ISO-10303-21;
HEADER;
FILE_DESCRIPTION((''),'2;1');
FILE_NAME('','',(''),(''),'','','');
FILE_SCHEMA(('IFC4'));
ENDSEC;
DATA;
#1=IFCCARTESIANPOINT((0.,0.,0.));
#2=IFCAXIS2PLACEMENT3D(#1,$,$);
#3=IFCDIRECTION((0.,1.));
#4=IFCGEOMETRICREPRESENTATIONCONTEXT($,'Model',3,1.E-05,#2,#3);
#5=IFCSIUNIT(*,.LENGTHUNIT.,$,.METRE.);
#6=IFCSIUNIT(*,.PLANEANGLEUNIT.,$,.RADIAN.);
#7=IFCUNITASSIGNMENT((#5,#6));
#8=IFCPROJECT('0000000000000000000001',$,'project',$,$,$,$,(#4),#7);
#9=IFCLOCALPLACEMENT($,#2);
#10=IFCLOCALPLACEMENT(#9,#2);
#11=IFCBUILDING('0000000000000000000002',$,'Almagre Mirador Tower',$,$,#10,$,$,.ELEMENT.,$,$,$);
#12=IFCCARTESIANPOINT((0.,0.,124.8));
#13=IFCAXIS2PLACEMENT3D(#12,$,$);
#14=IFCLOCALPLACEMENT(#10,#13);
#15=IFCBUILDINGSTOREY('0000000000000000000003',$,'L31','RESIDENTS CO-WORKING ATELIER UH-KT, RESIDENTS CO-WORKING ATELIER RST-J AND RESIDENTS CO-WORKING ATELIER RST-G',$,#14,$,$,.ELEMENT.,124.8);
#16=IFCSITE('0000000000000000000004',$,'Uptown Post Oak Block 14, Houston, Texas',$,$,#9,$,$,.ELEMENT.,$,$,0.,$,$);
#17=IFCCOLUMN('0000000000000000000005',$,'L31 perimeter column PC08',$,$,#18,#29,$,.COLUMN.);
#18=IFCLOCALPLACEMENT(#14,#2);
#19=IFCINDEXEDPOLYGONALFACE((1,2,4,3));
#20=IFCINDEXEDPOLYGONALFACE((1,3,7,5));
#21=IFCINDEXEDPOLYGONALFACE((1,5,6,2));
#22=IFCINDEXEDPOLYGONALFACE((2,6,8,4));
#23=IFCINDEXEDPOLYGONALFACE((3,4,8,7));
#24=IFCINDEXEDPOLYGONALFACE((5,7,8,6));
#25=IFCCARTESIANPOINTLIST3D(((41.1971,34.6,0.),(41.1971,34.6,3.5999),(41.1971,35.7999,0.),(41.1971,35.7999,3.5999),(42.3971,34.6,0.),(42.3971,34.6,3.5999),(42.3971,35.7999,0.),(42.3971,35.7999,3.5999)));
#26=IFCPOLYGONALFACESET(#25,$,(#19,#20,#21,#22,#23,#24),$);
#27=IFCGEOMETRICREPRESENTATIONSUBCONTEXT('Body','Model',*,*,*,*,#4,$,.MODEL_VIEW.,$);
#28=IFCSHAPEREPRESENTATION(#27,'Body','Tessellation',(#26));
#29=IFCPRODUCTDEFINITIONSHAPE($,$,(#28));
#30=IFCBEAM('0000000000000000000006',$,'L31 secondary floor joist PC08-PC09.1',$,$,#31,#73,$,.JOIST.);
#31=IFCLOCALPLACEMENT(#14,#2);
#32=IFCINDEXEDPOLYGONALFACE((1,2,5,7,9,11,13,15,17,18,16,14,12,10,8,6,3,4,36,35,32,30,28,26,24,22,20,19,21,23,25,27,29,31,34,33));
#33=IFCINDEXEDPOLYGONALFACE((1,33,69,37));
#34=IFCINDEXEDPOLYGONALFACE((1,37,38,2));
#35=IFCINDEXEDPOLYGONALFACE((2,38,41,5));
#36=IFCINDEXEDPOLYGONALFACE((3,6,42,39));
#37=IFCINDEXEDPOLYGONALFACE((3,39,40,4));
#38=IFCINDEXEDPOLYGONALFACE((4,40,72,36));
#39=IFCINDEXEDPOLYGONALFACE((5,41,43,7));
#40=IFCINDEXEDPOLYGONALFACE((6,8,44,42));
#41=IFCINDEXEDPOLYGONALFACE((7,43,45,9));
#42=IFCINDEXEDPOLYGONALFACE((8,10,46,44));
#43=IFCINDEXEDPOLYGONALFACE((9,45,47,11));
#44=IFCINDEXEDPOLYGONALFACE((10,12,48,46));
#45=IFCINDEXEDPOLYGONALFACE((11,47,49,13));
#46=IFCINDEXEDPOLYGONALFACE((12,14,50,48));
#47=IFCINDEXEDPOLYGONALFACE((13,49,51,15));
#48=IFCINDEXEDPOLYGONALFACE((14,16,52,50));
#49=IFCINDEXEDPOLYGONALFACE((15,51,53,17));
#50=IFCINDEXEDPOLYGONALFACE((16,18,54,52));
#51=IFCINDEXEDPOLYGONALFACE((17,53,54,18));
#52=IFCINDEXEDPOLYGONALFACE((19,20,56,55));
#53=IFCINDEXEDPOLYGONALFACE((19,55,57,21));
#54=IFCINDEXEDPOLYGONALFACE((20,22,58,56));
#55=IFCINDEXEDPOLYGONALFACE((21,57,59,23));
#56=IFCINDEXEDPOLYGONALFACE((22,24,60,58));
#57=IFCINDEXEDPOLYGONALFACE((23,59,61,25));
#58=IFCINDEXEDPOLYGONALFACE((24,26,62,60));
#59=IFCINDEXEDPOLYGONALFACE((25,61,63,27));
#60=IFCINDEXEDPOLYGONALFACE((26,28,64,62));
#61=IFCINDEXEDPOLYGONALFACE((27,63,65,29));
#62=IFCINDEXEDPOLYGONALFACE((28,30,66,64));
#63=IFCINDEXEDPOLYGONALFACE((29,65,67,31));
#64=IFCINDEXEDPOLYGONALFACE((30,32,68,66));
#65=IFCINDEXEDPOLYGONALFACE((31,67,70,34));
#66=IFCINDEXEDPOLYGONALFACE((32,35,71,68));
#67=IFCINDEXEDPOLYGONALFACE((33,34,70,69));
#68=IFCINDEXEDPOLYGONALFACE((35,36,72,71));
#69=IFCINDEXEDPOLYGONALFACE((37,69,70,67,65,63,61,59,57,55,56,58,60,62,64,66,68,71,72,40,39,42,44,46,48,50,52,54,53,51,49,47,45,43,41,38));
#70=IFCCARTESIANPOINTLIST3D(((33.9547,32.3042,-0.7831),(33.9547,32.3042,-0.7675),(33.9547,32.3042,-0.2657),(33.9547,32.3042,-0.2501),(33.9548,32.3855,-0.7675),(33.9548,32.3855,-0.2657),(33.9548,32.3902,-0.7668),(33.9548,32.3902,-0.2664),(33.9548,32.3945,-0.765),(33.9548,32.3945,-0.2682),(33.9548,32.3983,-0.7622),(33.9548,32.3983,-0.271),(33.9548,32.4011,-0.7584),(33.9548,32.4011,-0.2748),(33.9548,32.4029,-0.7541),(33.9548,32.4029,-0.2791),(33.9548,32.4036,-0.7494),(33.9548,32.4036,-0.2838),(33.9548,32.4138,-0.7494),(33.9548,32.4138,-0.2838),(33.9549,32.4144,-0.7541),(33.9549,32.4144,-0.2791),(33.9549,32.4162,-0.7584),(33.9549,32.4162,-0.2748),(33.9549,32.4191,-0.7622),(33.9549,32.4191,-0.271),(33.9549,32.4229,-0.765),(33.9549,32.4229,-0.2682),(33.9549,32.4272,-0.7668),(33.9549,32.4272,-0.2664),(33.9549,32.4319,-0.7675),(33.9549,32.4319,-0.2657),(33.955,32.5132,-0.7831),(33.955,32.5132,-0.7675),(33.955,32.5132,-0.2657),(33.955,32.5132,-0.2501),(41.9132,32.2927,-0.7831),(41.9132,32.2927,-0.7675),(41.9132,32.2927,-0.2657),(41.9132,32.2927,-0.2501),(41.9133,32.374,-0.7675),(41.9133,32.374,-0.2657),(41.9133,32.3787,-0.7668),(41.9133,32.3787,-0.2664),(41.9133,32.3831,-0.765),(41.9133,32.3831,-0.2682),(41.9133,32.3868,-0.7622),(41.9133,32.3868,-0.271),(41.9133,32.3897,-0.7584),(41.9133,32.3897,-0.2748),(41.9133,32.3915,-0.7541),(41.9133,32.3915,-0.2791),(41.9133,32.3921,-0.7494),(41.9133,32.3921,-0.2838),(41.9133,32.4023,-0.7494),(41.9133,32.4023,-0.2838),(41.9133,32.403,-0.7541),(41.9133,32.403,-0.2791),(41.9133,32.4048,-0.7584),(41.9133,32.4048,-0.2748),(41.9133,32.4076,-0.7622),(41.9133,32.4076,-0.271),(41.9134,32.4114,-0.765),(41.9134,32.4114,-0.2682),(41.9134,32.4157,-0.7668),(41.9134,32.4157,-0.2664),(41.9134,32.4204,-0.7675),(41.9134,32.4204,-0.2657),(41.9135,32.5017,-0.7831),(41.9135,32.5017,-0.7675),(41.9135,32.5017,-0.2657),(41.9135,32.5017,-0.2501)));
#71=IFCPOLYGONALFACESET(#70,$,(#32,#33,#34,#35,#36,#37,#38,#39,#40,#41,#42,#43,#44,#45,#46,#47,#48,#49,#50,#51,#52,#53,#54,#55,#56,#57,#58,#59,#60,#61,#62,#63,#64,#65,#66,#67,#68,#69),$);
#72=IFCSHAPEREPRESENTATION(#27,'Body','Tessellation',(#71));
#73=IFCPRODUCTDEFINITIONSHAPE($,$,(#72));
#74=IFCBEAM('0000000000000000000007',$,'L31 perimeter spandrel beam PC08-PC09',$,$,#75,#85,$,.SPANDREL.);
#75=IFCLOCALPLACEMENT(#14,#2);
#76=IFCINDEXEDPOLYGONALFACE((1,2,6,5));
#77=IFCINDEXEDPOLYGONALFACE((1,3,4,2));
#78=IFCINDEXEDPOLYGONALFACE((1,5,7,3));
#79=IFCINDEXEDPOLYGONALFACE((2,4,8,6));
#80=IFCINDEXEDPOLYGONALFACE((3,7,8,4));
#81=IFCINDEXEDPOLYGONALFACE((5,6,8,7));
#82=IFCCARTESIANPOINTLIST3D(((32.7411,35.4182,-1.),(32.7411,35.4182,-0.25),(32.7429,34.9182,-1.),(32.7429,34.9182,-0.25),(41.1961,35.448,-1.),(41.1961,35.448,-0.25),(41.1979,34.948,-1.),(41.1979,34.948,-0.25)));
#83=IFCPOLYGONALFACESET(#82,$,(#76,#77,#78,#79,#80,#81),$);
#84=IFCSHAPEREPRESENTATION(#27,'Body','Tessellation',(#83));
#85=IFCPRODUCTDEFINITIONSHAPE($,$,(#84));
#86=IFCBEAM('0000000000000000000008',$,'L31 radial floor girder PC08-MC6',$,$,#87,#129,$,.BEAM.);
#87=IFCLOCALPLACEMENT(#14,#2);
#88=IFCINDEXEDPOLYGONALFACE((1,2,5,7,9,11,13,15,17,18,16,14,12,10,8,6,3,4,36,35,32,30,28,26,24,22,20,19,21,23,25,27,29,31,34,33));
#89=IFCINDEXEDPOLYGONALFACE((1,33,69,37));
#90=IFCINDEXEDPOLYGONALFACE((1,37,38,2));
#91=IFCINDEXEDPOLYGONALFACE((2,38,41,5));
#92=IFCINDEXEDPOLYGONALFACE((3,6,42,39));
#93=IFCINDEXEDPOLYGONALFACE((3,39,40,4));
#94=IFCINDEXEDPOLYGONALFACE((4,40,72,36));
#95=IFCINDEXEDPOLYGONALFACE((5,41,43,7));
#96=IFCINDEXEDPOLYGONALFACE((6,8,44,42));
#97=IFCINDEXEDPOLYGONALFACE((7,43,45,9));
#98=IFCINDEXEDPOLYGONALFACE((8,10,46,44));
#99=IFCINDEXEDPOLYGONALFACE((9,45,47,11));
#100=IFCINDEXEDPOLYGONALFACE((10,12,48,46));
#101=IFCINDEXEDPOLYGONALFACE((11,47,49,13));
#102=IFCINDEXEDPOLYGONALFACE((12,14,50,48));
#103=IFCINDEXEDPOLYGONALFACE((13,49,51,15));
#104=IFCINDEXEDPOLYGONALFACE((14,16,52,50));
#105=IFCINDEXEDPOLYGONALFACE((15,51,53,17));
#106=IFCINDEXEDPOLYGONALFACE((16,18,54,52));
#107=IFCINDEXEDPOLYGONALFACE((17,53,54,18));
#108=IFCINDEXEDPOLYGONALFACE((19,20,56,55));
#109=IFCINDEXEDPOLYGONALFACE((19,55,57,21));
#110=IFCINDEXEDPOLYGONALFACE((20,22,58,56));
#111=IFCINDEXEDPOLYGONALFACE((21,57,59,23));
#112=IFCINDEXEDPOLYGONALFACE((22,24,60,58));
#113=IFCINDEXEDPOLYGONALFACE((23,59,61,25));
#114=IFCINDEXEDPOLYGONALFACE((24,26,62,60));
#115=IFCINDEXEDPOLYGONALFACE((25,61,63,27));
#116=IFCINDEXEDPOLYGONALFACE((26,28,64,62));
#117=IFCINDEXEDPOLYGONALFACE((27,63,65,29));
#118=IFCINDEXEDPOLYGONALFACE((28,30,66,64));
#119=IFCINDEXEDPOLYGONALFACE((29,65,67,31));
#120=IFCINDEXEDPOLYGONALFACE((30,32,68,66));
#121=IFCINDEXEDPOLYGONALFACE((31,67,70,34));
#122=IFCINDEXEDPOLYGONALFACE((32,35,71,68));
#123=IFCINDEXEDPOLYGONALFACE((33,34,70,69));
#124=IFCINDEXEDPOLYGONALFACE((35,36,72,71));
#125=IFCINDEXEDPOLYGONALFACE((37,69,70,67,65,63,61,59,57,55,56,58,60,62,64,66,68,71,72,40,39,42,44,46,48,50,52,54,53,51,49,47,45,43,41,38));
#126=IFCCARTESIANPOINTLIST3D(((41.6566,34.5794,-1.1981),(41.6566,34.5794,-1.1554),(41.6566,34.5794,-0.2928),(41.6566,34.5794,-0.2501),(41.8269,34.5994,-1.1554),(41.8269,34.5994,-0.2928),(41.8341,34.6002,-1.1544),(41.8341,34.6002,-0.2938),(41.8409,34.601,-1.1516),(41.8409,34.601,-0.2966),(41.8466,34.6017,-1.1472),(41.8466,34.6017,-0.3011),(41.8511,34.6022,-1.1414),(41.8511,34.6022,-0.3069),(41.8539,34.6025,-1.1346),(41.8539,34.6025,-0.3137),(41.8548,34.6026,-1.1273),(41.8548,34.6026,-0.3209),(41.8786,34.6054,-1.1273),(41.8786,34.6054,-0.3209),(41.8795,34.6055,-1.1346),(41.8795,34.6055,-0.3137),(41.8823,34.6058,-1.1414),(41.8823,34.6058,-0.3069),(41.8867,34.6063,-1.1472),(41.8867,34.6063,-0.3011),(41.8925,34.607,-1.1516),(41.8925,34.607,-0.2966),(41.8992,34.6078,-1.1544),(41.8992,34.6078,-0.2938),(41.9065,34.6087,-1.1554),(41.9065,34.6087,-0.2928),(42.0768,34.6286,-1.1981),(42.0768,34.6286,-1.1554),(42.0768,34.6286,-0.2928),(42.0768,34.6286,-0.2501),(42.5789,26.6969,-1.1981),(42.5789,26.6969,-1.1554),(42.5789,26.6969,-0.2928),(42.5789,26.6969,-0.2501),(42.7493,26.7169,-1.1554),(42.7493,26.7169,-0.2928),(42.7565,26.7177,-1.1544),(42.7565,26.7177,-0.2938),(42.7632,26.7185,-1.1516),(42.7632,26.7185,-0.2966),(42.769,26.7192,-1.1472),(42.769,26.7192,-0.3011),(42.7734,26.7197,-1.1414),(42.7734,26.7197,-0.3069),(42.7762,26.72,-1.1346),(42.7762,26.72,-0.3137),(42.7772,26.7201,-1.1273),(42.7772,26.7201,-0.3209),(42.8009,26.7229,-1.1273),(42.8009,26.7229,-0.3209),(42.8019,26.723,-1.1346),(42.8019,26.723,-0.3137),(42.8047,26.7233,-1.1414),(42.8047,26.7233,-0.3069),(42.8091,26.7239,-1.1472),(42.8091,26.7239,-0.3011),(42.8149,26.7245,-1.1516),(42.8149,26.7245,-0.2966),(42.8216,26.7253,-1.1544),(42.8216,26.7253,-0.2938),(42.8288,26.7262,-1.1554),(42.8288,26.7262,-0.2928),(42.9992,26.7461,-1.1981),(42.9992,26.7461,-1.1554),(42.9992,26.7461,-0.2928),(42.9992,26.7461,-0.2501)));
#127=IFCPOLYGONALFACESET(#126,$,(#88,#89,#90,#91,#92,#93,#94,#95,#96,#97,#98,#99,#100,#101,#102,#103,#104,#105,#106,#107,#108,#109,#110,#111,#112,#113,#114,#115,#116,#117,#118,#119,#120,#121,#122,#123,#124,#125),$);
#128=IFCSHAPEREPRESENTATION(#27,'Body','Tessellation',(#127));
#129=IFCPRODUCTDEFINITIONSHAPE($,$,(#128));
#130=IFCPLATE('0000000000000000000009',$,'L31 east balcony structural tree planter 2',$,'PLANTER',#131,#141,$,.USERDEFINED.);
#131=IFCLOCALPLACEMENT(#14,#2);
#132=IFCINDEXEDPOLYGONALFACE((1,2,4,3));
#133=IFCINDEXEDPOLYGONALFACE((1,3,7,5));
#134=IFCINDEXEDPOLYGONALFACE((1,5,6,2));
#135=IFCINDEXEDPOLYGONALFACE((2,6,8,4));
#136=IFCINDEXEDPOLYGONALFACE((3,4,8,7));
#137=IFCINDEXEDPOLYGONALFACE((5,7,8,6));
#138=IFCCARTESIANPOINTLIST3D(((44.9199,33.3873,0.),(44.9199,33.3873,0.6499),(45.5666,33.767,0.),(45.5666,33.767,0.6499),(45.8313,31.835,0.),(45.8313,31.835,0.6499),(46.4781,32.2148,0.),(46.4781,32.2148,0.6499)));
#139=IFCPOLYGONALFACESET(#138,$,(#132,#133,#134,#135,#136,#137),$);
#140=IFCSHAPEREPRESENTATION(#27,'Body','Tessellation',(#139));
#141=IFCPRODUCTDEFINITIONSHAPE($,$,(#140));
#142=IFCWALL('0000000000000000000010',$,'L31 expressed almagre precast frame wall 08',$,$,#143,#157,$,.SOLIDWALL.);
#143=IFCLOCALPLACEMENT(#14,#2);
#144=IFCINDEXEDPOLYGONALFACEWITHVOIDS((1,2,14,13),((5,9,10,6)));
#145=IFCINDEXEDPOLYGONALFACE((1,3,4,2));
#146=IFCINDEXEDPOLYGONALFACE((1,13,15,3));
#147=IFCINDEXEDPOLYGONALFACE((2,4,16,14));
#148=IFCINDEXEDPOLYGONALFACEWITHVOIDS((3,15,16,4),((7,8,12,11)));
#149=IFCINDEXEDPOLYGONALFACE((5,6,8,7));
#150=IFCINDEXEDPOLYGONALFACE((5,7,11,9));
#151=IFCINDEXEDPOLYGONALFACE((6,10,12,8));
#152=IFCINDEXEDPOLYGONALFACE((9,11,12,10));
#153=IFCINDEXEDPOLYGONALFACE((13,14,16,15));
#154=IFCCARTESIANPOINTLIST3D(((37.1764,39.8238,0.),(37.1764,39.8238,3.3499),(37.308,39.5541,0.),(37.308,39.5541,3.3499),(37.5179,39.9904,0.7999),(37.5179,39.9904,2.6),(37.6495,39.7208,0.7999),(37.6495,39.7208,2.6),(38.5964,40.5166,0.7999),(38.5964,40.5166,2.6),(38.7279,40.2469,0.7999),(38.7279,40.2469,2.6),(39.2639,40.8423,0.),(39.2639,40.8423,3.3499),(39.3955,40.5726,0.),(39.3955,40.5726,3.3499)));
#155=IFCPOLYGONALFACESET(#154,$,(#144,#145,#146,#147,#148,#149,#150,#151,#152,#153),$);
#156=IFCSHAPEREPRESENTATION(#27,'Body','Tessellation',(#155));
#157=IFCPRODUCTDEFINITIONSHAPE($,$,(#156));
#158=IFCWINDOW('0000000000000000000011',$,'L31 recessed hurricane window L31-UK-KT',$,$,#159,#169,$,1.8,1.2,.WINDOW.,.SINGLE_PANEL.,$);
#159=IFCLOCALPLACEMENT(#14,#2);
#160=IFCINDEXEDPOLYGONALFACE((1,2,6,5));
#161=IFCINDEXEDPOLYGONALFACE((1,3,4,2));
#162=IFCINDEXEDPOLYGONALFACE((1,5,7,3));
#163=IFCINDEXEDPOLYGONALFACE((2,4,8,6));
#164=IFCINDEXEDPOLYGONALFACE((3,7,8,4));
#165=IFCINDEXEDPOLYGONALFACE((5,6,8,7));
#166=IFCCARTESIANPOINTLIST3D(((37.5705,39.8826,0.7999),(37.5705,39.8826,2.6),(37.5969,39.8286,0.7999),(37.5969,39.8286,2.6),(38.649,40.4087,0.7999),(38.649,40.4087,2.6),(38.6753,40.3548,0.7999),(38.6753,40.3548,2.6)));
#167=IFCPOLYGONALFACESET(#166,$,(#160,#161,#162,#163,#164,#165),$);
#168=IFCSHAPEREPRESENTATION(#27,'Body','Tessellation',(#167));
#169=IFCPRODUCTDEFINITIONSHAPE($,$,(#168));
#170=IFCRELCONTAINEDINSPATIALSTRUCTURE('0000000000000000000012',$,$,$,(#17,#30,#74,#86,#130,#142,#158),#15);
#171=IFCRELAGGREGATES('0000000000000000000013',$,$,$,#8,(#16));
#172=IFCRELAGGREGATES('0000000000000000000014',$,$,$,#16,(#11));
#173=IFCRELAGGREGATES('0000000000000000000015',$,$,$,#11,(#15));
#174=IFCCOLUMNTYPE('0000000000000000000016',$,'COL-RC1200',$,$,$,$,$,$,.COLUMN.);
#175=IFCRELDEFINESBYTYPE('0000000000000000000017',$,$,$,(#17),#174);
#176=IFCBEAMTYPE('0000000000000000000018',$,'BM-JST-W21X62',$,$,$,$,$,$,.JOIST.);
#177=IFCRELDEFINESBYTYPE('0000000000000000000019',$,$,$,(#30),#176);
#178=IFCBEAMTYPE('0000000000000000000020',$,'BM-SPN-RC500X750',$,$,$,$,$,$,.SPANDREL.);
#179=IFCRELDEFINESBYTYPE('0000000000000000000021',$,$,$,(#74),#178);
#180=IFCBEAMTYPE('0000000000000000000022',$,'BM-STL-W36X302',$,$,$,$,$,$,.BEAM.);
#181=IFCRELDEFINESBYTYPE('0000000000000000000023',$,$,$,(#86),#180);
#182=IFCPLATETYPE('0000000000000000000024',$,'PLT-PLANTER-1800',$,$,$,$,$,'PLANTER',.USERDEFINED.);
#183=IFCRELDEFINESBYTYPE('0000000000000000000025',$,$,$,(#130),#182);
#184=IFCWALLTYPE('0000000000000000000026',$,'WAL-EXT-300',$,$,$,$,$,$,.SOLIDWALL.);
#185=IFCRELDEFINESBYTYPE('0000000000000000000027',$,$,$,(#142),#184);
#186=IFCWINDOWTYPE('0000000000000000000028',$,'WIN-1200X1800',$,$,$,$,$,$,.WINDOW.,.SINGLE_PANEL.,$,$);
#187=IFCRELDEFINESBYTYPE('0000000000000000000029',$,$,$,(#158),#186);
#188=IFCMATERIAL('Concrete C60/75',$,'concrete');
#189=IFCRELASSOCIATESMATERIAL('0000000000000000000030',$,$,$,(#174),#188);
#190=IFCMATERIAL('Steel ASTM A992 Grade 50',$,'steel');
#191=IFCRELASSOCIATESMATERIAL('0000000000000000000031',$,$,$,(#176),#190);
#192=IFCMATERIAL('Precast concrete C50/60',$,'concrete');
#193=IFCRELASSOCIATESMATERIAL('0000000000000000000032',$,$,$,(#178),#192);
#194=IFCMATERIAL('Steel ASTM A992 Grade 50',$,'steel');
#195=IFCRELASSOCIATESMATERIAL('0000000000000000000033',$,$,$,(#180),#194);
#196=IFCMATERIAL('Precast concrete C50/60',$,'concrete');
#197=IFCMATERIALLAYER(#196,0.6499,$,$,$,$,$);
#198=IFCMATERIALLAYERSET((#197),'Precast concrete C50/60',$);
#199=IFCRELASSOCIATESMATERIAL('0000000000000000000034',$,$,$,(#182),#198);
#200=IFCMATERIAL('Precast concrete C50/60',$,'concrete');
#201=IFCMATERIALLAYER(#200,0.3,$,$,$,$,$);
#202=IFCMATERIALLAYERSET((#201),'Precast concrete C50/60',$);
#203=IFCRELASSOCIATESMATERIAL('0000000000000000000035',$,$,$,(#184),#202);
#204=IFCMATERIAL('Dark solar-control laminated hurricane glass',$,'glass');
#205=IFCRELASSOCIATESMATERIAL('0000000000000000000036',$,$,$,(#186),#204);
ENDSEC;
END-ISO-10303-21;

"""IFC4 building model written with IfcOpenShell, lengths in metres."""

from ifc_helpers import new_model, si_unit, direction, frame, frame_2d, origin, origin_2d, place, context, subcontext, project, spatial, rectangle, i_section, extrude, material, layer, layer_set, material_profile, profile_set, type_object, element, fill, save


model = new_model("IFC4")

# Units and contexts
model_context = context("Model", 3, precision=1e-05, world=origin(), true_north=direction((0.0, 1.0)))
body_context = subcontext(model_context, "Body", "Model", "MODEL_VIEW")
ifc_project = project(units=[si_unit("LENGTHUNIT", "METRE"), si_unit("PLANEANGLEUNIT", "RADIAN")], contexts=[model_context])

# Site, building, storey
site_placement = place(None, origin())
site = spatial("IfcSite", under=ifc_project, at=site_placement, Name="Uptown Post Oak Block 14, Houston, Texas", CompositionType="ELEMENT", RefElevation=0.0)
building_placement = place(site_placement, origin())
building = spatial("IfcBuilding", under=site, at=building_placement, Name="Almagre Mirador Tower", CompositionType="ELEMENT")
storey_placement = place(building_placement, frame((0.0, 0.0, 124.8)))
storey = spatial("IfcBuildingStorey", under=building, at=storey_placement, Name="L31", Description="RESIDENTS CO-WORKING ATELIER UH-KT, RESIDENTS CO-WORKING ATELIER RST-J AND RESIDENTS CO-WORKING ATELIER RST-G", CompositionType="ELEMENT", Elevation=124.8)

# Column
ifc_material_1 = material(Name="Concrete C60/75", Category="concrete")
ifc_material_profile_1 = material_profile(ifc_material_1, rectangle(XDim=1.2, YDim=1.2, at=origin_2d()), Name="RC1200X1200")
ifc_profile_set_1 = profile_set([ifc_material_profile_1], Name="Concrete C60/75")
column_type = type_object("IfcColumnType", Name="COL-RC1200", PredefinedType="COLUMN", material=ifc_profile_set_1)
column_placement = place(storey_placement, frame((41.7971, 35.2, 0.0), z_axis=(0.0, 0.0, 1.0), x_axis=(1.0, 0.0, 0.0)))
element("IfcColumn", 1, at=column_placement, inside=storey, type_object=column_type, Name="L31 perimeter column PC08", PredefinedType="COLUMN", context=body_context, shape_type="SweptSolid", body=[
    extrude(rectangle(XDim=1.2, YDim=1.2, at=origin_2d()), origin(), (0.0, 0.0, 1.0), 3.5999),
])

# Beams
ifc_material_2 = material(Name="Steel ASTM A992 Grade 50", Category="steel")
ifc_material_profile_2 = material_profile(ifc_material_2, i_section(OverallWidth=0.209, OverallDepth=0.533, WebThickness=0.0103, FlangeThickness=0.0156, FilletRadius=0.0181, at=origin_2d()), Name="W21X62")
ifc_profile_set_2 = profile_set([ifc_material_profile_2], Name="Steel ASTM A992 Grade 50")
beam_type_1 = type_object("IfcBeamType", Name="BM-JST-W21X62", PredefinedType="JOIST", material=ifc_profile_set_2)
beam_1_placement = place(storey_placement, frame((41.9133, 32.3972, -0.5166), z_axis=(-0.999999, 0.001442, 0.0), x_axis=(-0.001442, -0.999999, 0.0)))
element("IfcBeam", 2, at=beam_1_placement, inside=storey, type_object=beam_type_1, Name="L31 secondary floor joist PC08-PC09.1", PredefinedType="JOIST", context=body_context, shape_type="SweptSolid", body=[
    extrude(i_section(OverallWidth=0.209, OverallDepth=0.533, WebThickness=0.0103, FlangeThickness=0.0156, FilletRadius=0.0181, at=origin_2d()), origin(), (0.0, 0.0, 1.0), 7.9585),
])
ifc_material_3 = material(Name="Precast concrete C50/60", Category="concrete")
ifc_material_profile_3 = material_profile(ifc_material_3, rectangle(XDim=0.5, YDim=0.75, at=origin_2d()), Name="RC500X750")
ifc_profile_set_3 = profile_set([ifc_material_profile_3], Name="Precast concrete C50/60")
beam_type_2 = type_object("IfcBeamType", Name="BM-SPN-RC500X750", PredefinedType="SPANDREL", material=ifc_profile_set_3)
beam_2_placement = place(storey_placement, frame((41.197, 35.198, -0.625), z_axis=(-0.999994, -0.003523, 0.0), x_axis=(0.003523, -0.999994, 0.0)))
element("IfcBeam", 3, at=beam_2_placement, inside=storey, type_object=beam_type_2, Name="L31 perimeter spandrel beam PC08-PC09", PredefinedType="SPANDREL", context=body_context, shape_type="SweptSolid", body=[
    extrude(rectangle(XDim=0.5, YDim=0.75, at=origin_2d()), origin(), (0.0, 0.0, 1.0), 8.4551),
])
ifc_material_4 = material(Name="Steel ASTM A992 Grade 50", Category="steel")
ifc_material_profile_4 = material_profile(ifc_material_4, i_section(OverallWidth=0.4231, OverallDepth=0.948, WebThickness=0.0239, FlangeThickness=0.0427, FilletRadius=0.0281, at=origin_2d()), Name="W36X302")
ifc_profile_set_4 = profile_set([ifc_material_profile_4], Name="Steel ASTM A992 Grade 50")
beam_type_3 = type_object("IfcBeamType", Name="BM-STL-W36X302", PredefinedType="BEAM", material=ifc_profile_set_4)
beam_3_placement = place(storey_placement, frame((41.8667, 34.604, -0.7241), z_axis=(0.11622, -0.993223, 0.0), x_axis=(0.993223, 0.11622, 0.0)))
element("IfcBeam", 4, at=beam_3_placement, inside=storey, type_object=beam_type_3, Name="L31 radial floor girder PC08-MC6", PredefinedType="BEAM", context=body_context, shape_type="SweptSolid", body=[
    extrude(i_section(OverallWidth=0.4231, OverallDepth=0.948, WebThickness=0.0239, FlangeThickness=0.0427, FilletRadius=0.0281, at=origin_2d()), origin(), (0.0, 0.0, 1.0), 7.9363),
])

# Plate
ifc_material_5 = material(Name="Precast concrete C50/60", Category="concrete")
ifc_layer_1 = layer(ifc_material_5, 0.6499)
ifc_layer_set_1 = layer_set([ifc_layer_1], Name="Precast concrete C50/60")
plate_type = type_object("IfcPlateType", Name="PLT-PLANTER-1800", ElementType="PLANTER", PredefinedType="USERDEFINED", material=ifc_layer_set_1)
plate_placement = place(storey_placement, frame((45.699, 32.801, 0.0), z_axis=(0.0, 0.0, 1.0), x_axis=(-0.506335, 0.862337, 0.0)))
element("IfcPlate", 5, at=plate_placement, inside=storey, type_object=plate_type, Name="L31 east balcony structural tree planter 2", ObjectType="PLANTER", PredefinedType="USERDEFINED", context=body_context, shape_type="SweptSolid", body=[
    extrude(rectangle(XDim=1.8, YDim=0.75, at=origin_2d()), origin(), (0.0, 0.0, 1.0), 0.6499),
])

# Wall, opening, window
ifc_material_6 = material(Name="Precast concrete C50/60", Category="concrete")
ifc_layer_2 = layer(ifc_material_6, 0.3)
ifc_layer_set_2 = layer_set([ifc_layer_2], Name="Precast concrete C50/60")
wall_type_1 = type_object("IfcWallType", Name="WAL-EXT-300", PredefinedType="SOLIDWALL", material=ifc_layer_set_2)
wall_1_placement = place(storey_placement, frame((37.2422, 39.689, 0.0), z_axis=(0.0, 0.0, 1.0), x_axis=(0.898736, 0.43849, 0.0)))
wall_1 = element("IfcWall", 6, at=wall_1_placement, inside=storey, type_object=wall_type_1, Name="L31 expressed almagre precast frame wall 08", PredefinedType="SOLIDWALL", context=body_context, shape_type="SweptSolid", body=[
    extrude(rectangle(XDim=2.3228, YDim=0.3, at=frame_2d((1.1614, 0.0))), origin(), (0.0, 0.0, 1.0), 3.3499),
])
opening_1_placement = place(wall_1_placement, frame((0.3799, 0.0, 0.8)))
opening_1 = element("IfcOpeningElement", 7, at=opening_1_placement, cuts=wall_1, PredefinedType="OPENING", context=body_context, shape_type="SweptSolid", body=[
    extrude(rectangle(XDim=1.2, YDim=1.8, at=frame_2d((0.6001, 0.8999))), frame((0.0, 0.1599, 0.0), z_axis=(0.0, -1.0, 0.0), x_axis=(1.0, 0.0, 0.0)), (0.0, 0.0, 1.0), 0.32),
])
ifc_material_7 = material(Name="Dark solar-control laminated hurricane glass", Category="glass")
window_type = type_object("IfcWindowType", Name="WIN-1200X1800", PartitioningType="SINGLE_PANEL", PredefinedType="WINDOW", material=ifc_material_7)
window_1_placement = place(opening_1_placement, origin())
window_1 = element("IfcWindow", 8, at=window_1_placement, inside=storey, type_object=window_type, Name="L31 recessed hurricane window L31-UK-KT", OverallHeight=1.8, OverallWidth=1.2, PartitioningType="SINGLE_PANEL", PredefinedType="WINDOW", context=body_context, shape_type="SweptSolid", body=[
    extrude(rectangle(XDim=1.2, YDim=1.8, at=frame_2d((0.6001, 0.8999))), frame((0.0, 0.03, 0.0), z_axis=(0.0, -1.0, 0.0), x_axis=(1.0, 0.0, 0.0)), (0.0, 0.0, 1.0), 0.0601),
])
fill(opening_1, window_1)

save(model, "model.ifc")
